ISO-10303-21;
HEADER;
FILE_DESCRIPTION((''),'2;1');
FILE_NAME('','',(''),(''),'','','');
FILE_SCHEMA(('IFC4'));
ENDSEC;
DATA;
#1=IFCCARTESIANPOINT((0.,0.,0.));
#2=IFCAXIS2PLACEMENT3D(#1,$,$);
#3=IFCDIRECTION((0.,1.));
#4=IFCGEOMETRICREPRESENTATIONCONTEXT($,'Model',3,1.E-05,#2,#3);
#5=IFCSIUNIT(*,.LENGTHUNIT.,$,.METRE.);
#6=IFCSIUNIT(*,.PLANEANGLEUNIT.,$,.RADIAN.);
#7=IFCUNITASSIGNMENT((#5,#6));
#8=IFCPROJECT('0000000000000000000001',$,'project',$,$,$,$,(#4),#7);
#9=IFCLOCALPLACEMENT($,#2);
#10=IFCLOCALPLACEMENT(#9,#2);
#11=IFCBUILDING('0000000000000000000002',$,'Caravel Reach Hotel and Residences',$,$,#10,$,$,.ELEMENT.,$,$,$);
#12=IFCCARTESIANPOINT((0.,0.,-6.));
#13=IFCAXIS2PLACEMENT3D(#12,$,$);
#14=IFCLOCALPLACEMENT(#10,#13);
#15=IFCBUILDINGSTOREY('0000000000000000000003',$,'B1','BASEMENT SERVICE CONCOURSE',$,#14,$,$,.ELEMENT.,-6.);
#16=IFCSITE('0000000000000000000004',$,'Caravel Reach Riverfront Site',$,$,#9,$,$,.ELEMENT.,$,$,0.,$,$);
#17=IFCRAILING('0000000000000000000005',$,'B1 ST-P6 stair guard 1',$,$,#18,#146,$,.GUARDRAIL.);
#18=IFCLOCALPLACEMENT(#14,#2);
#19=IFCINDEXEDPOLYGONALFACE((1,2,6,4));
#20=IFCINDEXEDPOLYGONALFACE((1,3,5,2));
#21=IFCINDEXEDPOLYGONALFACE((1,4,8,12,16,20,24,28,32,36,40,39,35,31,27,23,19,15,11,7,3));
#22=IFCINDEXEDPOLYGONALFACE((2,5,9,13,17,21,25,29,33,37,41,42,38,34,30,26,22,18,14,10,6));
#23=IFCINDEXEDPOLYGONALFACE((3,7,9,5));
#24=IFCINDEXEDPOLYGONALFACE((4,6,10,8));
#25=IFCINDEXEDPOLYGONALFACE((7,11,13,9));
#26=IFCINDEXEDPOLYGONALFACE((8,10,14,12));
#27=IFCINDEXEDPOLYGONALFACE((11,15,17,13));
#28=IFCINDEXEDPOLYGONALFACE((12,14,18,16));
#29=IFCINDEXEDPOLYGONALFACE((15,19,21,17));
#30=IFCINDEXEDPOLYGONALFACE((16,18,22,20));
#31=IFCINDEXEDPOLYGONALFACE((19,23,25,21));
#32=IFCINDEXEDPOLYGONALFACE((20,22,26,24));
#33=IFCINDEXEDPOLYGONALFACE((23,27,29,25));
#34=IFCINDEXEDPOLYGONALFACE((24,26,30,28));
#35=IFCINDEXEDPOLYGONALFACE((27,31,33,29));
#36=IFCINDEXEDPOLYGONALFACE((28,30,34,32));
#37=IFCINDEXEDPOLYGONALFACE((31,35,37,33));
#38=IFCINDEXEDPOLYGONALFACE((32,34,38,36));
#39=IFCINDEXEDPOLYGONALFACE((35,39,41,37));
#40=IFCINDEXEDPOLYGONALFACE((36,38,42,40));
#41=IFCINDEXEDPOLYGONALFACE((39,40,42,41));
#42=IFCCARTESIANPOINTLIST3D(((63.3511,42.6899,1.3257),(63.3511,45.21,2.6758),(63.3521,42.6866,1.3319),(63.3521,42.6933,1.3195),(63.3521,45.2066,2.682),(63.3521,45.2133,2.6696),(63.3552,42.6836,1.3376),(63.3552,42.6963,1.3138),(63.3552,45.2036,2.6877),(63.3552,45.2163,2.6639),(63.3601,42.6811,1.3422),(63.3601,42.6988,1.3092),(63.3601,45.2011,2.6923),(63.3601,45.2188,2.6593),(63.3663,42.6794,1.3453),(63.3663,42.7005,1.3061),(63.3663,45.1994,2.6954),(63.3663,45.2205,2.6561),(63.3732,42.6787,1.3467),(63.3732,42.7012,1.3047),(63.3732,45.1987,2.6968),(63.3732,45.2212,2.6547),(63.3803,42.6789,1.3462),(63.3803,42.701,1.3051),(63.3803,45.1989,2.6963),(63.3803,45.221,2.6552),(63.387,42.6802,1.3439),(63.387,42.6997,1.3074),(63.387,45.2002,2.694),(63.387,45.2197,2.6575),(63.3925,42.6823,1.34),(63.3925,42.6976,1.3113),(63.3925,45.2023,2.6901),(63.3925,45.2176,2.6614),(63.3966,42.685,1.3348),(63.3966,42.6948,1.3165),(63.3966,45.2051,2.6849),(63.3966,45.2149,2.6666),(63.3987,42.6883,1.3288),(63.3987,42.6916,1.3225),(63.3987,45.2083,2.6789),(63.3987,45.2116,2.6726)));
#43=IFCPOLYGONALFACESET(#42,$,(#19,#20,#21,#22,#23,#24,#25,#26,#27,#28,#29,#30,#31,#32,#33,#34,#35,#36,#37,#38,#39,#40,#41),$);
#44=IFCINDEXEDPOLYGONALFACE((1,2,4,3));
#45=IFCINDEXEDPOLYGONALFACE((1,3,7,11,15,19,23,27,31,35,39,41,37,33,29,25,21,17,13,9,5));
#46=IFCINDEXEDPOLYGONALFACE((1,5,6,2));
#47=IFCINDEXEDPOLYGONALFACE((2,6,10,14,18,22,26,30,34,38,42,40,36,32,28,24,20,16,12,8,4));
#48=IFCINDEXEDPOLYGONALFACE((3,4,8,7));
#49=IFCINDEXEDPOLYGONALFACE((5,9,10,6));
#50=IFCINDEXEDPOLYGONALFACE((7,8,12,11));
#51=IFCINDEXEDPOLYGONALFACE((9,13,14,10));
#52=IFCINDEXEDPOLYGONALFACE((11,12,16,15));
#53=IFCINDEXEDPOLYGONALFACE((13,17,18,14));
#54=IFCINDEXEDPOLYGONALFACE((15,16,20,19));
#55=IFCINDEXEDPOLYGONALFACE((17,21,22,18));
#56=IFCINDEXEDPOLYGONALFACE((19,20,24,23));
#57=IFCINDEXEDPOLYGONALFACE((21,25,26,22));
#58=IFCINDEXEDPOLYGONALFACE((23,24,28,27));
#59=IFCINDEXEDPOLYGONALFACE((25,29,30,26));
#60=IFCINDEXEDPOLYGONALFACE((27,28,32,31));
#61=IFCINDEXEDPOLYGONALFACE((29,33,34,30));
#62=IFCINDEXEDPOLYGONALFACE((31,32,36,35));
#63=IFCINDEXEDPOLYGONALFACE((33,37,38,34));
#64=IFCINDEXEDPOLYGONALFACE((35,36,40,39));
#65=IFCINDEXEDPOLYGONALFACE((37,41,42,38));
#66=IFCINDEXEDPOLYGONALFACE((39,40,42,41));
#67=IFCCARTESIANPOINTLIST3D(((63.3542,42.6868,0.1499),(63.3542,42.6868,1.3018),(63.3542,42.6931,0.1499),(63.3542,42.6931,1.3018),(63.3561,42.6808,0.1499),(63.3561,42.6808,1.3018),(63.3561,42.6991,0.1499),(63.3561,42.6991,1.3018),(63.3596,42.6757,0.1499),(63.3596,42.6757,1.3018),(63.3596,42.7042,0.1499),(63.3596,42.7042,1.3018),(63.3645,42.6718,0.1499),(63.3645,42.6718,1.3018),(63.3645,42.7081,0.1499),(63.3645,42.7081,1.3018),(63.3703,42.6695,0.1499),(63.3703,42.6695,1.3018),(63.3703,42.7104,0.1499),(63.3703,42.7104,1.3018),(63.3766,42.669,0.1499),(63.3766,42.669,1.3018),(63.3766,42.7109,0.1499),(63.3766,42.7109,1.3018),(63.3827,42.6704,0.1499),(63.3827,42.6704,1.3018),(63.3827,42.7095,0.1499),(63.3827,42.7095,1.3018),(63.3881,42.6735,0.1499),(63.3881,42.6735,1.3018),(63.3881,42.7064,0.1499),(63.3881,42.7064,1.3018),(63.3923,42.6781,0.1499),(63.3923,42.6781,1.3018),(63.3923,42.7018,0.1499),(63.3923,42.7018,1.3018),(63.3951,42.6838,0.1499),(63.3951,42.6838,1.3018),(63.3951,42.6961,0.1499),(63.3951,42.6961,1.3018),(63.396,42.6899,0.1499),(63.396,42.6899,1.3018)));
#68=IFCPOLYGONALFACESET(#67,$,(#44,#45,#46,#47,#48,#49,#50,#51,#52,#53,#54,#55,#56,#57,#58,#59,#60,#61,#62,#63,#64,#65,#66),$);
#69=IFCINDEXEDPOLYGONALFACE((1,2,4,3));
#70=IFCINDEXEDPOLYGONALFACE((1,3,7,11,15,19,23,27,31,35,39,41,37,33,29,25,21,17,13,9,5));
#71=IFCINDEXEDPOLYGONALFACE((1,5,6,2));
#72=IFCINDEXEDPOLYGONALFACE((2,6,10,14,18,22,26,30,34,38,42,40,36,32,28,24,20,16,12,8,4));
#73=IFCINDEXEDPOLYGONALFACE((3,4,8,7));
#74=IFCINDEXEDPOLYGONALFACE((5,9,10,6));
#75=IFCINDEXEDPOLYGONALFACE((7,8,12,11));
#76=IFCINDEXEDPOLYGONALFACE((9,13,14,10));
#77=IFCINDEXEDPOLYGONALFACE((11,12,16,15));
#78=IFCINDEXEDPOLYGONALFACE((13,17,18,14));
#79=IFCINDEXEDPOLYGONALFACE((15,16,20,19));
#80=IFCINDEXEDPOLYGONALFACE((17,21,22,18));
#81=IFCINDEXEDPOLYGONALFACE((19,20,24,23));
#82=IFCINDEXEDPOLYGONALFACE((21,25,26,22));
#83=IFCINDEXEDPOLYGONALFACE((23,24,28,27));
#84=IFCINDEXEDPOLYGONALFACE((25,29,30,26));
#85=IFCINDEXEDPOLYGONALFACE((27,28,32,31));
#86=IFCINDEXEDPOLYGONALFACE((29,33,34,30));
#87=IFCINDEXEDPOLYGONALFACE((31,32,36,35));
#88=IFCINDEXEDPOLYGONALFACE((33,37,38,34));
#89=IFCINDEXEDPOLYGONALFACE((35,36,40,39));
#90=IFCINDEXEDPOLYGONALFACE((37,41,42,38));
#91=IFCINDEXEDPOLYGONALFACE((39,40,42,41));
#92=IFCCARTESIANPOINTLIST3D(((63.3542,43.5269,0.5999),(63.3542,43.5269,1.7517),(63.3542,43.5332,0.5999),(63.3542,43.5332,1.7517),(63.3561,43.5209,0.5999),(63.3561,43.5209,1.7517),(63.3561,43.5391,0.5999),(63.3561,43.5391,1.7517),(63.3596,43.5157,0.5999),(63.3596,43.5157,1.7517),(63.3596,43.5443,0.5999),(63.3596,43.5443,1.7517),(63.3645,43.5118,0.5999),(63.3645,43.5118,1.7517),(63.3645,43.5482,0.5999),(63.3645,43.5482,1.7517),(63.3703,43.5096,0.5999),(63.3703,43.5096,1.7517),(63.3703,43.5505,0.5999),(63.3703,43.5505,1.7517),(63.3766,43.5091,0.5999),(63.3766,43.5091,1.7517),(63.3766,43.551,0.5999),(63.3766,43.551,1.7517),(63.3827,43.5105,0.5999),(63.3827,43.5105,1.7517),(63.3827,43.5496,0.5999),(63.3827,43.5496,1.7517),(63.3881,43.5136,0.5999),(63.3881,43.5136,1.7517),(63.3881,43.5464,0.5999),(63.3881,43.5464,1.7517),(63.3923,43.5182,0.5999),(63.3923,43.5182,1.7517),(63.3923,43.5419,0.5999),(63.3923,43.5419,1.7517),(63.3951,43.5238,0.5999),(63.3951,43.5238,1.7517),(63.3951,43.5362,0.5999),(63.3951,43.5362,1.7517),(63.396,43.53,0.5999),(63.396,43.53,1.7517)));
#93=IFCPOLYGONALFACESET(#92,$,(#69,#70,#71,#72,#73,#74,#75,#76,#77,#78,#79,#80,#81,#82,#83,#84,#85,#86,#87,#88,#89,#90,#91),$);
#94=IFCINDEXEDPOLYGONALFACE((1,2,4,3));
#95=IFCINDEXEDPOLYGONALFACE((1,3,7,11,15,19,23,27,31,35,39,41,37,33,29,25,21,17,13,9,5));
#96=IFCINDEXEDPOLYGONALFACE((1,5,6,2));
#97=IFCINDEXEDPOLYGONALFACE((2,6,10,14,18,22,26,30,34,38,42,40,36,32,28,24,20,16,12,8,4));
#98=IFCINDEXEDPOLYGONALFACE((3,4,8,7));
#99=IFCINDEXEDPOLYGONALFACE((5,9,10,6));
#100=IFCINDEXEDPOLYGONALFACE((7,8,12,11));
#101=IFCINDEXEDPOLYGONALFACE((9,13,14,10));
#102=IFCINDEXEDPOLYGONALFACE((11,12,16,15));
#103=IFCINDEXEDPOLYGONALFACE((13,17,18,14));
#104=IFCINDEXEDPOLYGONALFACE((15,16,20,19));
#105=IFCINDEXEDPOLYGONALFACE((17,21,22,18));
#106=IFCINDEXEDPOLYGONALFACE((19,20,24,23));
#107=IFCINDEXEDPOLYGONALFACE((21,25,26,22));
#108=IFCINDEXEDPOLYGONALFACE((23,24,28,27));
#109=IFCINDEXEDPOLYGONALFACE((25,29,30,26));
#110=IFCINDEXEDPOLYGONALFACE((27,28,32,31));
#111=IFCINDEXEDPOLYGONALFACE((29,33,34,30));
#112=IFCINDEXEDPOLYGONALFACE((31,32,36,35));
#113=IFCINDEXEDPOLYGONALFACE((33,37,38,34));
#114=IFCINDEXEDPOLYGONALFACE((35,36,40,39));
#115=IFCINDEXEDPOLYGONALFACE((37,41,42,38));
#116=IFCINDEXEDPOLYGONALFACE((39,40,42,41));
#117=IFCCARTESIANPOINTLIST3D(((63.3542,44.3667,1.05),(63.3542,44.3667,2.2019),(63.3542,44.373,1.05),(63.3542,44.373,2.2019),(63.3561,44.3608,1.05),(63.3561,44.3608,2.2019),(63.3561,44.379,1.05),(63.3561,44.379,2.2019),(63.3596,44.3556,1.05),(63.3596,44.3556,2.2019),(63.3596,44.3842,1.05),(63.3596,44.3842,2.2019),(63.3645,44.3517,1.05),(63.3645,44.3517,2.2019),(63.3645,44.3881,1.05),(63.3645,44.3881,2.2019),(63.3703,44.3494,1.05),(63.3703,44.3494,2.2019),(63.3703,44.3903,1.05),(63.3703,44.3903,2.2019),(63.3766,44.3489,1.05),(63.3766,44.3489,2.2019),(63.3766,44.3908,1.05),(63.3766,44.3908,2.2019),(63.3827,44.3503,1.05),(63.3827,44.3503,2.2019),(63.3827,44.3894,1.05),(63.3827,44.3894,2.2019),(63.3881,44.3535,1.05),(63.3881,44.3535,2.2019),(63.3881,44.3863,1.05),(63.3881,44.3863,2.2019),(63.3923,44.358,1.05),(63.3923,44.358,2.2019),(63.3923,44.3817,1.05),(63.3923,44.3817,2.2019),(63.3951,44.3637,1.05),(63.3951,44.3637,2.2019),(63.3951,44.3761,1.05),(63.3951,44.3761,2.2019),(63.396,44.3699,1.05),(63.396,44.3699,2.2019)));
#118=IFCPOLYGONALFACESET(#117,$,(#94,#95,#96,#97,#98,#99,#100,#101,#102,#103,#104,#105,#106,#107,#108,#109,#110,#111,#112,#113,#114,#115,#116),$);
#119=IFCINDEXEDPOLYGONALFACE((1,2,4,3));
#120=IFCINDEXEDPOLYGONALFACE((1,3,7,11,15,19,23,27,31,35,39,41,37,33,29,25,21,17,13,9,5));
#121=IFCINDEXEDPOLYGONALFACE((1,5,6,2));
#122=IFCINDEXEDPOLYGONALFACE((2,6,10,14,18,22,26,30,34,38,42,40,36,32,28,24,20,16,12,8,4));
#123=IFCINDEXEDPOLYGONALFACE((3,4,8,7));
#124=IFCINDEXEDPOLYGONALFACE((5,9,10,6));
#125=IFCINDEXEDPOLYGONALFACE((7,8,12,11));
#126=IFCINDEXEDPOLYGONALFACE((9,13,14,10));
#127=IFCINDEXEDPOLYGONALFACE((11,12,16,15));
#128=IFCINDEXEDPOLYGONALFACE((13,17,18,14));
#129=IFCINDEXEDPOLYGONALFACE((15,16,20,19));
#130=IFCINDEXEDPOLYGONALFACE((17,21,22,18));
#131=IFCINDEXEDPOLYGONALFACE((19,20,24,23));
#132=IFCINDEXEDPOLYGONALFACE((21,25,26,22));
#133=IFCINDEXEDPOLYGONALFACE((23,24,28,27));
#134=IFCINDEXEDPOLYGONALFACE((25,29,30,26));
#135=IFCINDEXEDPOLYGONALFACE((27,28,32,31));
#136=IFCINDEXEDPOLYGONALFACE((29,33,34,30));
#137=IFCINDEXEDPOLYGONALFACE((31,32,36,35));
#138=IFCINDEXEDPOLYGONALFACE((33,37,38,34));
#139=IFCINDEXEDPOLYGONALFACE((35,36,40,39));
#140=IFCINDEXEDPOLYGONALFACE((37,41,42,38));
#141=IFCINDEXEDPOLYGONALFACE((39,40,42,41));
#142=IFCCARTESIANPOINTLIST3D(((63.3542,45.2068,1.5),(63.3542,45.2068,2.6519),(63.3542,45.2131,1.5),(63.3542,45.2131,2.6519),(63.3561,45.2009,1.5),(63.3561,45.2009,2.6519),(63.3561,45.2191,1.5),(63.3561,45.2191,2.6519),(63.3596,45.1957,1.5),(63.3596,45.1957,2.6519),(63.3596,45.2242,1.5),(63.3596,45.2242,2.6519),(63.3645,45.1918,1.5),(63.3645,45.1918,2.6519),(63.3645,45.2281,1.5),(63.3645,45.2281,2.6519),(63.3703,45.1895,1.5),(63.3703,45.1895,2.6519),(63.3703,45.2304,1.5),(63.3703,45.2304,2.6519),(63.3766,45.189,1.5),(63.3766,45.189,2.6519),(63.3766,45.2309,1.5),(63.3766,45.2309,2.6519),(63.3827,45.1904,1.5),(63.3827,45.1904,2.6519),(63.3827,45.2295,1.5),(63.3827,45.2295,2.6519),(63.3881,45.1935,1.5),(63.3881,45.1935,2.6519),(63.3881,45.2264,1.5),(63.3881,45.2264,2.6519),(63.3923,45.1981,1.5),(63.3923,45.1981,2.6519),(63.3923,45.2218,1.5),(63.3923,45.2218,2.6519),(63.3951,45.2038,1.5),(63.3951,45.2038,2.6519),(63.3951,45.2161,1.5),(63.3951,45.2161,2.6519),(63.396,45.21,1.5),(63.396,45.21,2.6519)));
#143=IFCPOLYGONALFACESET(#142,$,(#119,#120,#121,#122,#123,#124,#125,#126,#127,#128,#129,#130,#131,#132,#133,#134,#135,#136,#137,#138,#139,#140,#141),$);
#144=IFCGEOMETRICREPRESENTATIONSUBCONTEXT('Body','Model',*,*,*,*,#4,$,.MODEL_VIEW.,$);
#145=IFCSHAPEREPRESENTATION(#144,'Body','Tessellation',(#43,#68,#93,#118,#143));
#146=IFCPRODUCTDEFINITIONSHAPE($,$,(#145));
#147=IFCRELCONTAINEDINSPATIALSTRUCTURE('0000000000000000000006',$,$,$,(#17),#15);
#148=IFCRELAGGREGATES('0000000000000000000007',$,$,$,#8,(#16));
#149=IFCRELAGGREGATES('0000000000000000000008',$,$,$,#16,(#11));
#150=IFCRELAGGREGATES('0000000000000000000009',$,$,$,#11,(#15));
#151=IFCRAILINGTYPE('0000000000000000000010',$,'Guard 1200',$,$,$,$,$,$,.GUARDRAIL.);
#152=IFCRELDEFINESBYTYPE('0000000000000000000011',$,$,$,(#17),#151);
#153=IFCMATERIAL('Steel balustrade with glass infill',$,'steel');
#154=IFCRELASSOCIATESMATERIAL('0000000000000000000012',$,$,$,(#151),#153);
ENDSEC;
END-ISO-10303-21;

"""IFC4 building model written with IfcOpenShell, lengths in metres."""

from ifc_helpers import new_model, si_unit, direction, frame, origin, origin_2d, place, context, subcontext, project, spatial, circle, extrude, material, type_object, element, save


model = new_model("IFC4")

# Units and contexts
model_context = context("Model", 3, precision=1e-05, world=origin(), true_north=direction((0.0, 1.0)))
body_context = subcontext(model_context, "Body", "Model", "MODEL_VIEW")
ifc_project = project(units=[si_unit("LENGTHUNIT", "METRE"), si_unit("PLANEANGLEUNIT", "RADIAN")], contexts=[model_context])

# Site, building, storey
site_placement = place(None, origin())
site = spatial("IfcSite", under=ifc_project, at=site_placement, Name="Caravel Reach Riverfront Site", CompositionType="ELEMENT", RefElevation=0.0)
building_placement = place(site_placement, origin())
building = spatial("IfcBuilding", under=site, at=building_placement, Name="Caravel Reach Hotel and Residences", CompositionType="ELEMENT")
storey_placement = place(building_placement, frame((0.0, 0.0, -6.0)))
storey = spatial("IfcBuildingStorey", under=building, at=storey_placement, Name="B1", Description="BASEMENT SERVICE CONCOURSE", CompositionType="ELEMENT", Elevation=-6.0)

# Railing
ifc_material_1 = material(Name="Steel balustrade with glass infill", Category="steel")
railing_type_1 = type_object("IfcRailingType", Name="Guard 1200", PredefinedType="GUARDRAIL", material=ifc_material_1)
railing_1_placement = place(storey_placement, frame((63.375, 42.6899, 0.1499)))
element("IfcRailing", 1, at=railing_1_placement, inside=storey, type_object=railing_type_1, Name="B1 ST-P6 stair guard 1", PredefinedType="GUARDRAIL", context=body_context, shape_type="SweptSolid", body=[
    extrude(circle(Radius=0.0239, at=origin_2d()), frame((0.0, 0.0, 1.1758), z_axis=(0.0, 0.881467, 0.472245), x_axis=(-1.0, 0.0, 0.0)), (0.0, 0.0, 1.0), 2.8589),
    extrude(circle(Radius=0.021, at=origin_2d()), origin(), (0.0, 0.0, 1.0), 1.1519),
    extrude(circle(Radius=0.021, at=origin_2d()), frame((0.0, 0.8401, 0.45)), (0.0, 0.0, 1.0), 1.1519),
    extrude(circle(Radius=0.021, at=origin_2d()), frame((0.0, 1.6799, 0.9001)), (0.0, 0.0, 1.0), 1.1519),
    extrude(circle(Radius=0.021, at=origin_2d()), frame((0.0, 2.52, 1.3501)), (0.0, 0.0, 1.0), 1.1519),
])

save(model, "model.ifc")
